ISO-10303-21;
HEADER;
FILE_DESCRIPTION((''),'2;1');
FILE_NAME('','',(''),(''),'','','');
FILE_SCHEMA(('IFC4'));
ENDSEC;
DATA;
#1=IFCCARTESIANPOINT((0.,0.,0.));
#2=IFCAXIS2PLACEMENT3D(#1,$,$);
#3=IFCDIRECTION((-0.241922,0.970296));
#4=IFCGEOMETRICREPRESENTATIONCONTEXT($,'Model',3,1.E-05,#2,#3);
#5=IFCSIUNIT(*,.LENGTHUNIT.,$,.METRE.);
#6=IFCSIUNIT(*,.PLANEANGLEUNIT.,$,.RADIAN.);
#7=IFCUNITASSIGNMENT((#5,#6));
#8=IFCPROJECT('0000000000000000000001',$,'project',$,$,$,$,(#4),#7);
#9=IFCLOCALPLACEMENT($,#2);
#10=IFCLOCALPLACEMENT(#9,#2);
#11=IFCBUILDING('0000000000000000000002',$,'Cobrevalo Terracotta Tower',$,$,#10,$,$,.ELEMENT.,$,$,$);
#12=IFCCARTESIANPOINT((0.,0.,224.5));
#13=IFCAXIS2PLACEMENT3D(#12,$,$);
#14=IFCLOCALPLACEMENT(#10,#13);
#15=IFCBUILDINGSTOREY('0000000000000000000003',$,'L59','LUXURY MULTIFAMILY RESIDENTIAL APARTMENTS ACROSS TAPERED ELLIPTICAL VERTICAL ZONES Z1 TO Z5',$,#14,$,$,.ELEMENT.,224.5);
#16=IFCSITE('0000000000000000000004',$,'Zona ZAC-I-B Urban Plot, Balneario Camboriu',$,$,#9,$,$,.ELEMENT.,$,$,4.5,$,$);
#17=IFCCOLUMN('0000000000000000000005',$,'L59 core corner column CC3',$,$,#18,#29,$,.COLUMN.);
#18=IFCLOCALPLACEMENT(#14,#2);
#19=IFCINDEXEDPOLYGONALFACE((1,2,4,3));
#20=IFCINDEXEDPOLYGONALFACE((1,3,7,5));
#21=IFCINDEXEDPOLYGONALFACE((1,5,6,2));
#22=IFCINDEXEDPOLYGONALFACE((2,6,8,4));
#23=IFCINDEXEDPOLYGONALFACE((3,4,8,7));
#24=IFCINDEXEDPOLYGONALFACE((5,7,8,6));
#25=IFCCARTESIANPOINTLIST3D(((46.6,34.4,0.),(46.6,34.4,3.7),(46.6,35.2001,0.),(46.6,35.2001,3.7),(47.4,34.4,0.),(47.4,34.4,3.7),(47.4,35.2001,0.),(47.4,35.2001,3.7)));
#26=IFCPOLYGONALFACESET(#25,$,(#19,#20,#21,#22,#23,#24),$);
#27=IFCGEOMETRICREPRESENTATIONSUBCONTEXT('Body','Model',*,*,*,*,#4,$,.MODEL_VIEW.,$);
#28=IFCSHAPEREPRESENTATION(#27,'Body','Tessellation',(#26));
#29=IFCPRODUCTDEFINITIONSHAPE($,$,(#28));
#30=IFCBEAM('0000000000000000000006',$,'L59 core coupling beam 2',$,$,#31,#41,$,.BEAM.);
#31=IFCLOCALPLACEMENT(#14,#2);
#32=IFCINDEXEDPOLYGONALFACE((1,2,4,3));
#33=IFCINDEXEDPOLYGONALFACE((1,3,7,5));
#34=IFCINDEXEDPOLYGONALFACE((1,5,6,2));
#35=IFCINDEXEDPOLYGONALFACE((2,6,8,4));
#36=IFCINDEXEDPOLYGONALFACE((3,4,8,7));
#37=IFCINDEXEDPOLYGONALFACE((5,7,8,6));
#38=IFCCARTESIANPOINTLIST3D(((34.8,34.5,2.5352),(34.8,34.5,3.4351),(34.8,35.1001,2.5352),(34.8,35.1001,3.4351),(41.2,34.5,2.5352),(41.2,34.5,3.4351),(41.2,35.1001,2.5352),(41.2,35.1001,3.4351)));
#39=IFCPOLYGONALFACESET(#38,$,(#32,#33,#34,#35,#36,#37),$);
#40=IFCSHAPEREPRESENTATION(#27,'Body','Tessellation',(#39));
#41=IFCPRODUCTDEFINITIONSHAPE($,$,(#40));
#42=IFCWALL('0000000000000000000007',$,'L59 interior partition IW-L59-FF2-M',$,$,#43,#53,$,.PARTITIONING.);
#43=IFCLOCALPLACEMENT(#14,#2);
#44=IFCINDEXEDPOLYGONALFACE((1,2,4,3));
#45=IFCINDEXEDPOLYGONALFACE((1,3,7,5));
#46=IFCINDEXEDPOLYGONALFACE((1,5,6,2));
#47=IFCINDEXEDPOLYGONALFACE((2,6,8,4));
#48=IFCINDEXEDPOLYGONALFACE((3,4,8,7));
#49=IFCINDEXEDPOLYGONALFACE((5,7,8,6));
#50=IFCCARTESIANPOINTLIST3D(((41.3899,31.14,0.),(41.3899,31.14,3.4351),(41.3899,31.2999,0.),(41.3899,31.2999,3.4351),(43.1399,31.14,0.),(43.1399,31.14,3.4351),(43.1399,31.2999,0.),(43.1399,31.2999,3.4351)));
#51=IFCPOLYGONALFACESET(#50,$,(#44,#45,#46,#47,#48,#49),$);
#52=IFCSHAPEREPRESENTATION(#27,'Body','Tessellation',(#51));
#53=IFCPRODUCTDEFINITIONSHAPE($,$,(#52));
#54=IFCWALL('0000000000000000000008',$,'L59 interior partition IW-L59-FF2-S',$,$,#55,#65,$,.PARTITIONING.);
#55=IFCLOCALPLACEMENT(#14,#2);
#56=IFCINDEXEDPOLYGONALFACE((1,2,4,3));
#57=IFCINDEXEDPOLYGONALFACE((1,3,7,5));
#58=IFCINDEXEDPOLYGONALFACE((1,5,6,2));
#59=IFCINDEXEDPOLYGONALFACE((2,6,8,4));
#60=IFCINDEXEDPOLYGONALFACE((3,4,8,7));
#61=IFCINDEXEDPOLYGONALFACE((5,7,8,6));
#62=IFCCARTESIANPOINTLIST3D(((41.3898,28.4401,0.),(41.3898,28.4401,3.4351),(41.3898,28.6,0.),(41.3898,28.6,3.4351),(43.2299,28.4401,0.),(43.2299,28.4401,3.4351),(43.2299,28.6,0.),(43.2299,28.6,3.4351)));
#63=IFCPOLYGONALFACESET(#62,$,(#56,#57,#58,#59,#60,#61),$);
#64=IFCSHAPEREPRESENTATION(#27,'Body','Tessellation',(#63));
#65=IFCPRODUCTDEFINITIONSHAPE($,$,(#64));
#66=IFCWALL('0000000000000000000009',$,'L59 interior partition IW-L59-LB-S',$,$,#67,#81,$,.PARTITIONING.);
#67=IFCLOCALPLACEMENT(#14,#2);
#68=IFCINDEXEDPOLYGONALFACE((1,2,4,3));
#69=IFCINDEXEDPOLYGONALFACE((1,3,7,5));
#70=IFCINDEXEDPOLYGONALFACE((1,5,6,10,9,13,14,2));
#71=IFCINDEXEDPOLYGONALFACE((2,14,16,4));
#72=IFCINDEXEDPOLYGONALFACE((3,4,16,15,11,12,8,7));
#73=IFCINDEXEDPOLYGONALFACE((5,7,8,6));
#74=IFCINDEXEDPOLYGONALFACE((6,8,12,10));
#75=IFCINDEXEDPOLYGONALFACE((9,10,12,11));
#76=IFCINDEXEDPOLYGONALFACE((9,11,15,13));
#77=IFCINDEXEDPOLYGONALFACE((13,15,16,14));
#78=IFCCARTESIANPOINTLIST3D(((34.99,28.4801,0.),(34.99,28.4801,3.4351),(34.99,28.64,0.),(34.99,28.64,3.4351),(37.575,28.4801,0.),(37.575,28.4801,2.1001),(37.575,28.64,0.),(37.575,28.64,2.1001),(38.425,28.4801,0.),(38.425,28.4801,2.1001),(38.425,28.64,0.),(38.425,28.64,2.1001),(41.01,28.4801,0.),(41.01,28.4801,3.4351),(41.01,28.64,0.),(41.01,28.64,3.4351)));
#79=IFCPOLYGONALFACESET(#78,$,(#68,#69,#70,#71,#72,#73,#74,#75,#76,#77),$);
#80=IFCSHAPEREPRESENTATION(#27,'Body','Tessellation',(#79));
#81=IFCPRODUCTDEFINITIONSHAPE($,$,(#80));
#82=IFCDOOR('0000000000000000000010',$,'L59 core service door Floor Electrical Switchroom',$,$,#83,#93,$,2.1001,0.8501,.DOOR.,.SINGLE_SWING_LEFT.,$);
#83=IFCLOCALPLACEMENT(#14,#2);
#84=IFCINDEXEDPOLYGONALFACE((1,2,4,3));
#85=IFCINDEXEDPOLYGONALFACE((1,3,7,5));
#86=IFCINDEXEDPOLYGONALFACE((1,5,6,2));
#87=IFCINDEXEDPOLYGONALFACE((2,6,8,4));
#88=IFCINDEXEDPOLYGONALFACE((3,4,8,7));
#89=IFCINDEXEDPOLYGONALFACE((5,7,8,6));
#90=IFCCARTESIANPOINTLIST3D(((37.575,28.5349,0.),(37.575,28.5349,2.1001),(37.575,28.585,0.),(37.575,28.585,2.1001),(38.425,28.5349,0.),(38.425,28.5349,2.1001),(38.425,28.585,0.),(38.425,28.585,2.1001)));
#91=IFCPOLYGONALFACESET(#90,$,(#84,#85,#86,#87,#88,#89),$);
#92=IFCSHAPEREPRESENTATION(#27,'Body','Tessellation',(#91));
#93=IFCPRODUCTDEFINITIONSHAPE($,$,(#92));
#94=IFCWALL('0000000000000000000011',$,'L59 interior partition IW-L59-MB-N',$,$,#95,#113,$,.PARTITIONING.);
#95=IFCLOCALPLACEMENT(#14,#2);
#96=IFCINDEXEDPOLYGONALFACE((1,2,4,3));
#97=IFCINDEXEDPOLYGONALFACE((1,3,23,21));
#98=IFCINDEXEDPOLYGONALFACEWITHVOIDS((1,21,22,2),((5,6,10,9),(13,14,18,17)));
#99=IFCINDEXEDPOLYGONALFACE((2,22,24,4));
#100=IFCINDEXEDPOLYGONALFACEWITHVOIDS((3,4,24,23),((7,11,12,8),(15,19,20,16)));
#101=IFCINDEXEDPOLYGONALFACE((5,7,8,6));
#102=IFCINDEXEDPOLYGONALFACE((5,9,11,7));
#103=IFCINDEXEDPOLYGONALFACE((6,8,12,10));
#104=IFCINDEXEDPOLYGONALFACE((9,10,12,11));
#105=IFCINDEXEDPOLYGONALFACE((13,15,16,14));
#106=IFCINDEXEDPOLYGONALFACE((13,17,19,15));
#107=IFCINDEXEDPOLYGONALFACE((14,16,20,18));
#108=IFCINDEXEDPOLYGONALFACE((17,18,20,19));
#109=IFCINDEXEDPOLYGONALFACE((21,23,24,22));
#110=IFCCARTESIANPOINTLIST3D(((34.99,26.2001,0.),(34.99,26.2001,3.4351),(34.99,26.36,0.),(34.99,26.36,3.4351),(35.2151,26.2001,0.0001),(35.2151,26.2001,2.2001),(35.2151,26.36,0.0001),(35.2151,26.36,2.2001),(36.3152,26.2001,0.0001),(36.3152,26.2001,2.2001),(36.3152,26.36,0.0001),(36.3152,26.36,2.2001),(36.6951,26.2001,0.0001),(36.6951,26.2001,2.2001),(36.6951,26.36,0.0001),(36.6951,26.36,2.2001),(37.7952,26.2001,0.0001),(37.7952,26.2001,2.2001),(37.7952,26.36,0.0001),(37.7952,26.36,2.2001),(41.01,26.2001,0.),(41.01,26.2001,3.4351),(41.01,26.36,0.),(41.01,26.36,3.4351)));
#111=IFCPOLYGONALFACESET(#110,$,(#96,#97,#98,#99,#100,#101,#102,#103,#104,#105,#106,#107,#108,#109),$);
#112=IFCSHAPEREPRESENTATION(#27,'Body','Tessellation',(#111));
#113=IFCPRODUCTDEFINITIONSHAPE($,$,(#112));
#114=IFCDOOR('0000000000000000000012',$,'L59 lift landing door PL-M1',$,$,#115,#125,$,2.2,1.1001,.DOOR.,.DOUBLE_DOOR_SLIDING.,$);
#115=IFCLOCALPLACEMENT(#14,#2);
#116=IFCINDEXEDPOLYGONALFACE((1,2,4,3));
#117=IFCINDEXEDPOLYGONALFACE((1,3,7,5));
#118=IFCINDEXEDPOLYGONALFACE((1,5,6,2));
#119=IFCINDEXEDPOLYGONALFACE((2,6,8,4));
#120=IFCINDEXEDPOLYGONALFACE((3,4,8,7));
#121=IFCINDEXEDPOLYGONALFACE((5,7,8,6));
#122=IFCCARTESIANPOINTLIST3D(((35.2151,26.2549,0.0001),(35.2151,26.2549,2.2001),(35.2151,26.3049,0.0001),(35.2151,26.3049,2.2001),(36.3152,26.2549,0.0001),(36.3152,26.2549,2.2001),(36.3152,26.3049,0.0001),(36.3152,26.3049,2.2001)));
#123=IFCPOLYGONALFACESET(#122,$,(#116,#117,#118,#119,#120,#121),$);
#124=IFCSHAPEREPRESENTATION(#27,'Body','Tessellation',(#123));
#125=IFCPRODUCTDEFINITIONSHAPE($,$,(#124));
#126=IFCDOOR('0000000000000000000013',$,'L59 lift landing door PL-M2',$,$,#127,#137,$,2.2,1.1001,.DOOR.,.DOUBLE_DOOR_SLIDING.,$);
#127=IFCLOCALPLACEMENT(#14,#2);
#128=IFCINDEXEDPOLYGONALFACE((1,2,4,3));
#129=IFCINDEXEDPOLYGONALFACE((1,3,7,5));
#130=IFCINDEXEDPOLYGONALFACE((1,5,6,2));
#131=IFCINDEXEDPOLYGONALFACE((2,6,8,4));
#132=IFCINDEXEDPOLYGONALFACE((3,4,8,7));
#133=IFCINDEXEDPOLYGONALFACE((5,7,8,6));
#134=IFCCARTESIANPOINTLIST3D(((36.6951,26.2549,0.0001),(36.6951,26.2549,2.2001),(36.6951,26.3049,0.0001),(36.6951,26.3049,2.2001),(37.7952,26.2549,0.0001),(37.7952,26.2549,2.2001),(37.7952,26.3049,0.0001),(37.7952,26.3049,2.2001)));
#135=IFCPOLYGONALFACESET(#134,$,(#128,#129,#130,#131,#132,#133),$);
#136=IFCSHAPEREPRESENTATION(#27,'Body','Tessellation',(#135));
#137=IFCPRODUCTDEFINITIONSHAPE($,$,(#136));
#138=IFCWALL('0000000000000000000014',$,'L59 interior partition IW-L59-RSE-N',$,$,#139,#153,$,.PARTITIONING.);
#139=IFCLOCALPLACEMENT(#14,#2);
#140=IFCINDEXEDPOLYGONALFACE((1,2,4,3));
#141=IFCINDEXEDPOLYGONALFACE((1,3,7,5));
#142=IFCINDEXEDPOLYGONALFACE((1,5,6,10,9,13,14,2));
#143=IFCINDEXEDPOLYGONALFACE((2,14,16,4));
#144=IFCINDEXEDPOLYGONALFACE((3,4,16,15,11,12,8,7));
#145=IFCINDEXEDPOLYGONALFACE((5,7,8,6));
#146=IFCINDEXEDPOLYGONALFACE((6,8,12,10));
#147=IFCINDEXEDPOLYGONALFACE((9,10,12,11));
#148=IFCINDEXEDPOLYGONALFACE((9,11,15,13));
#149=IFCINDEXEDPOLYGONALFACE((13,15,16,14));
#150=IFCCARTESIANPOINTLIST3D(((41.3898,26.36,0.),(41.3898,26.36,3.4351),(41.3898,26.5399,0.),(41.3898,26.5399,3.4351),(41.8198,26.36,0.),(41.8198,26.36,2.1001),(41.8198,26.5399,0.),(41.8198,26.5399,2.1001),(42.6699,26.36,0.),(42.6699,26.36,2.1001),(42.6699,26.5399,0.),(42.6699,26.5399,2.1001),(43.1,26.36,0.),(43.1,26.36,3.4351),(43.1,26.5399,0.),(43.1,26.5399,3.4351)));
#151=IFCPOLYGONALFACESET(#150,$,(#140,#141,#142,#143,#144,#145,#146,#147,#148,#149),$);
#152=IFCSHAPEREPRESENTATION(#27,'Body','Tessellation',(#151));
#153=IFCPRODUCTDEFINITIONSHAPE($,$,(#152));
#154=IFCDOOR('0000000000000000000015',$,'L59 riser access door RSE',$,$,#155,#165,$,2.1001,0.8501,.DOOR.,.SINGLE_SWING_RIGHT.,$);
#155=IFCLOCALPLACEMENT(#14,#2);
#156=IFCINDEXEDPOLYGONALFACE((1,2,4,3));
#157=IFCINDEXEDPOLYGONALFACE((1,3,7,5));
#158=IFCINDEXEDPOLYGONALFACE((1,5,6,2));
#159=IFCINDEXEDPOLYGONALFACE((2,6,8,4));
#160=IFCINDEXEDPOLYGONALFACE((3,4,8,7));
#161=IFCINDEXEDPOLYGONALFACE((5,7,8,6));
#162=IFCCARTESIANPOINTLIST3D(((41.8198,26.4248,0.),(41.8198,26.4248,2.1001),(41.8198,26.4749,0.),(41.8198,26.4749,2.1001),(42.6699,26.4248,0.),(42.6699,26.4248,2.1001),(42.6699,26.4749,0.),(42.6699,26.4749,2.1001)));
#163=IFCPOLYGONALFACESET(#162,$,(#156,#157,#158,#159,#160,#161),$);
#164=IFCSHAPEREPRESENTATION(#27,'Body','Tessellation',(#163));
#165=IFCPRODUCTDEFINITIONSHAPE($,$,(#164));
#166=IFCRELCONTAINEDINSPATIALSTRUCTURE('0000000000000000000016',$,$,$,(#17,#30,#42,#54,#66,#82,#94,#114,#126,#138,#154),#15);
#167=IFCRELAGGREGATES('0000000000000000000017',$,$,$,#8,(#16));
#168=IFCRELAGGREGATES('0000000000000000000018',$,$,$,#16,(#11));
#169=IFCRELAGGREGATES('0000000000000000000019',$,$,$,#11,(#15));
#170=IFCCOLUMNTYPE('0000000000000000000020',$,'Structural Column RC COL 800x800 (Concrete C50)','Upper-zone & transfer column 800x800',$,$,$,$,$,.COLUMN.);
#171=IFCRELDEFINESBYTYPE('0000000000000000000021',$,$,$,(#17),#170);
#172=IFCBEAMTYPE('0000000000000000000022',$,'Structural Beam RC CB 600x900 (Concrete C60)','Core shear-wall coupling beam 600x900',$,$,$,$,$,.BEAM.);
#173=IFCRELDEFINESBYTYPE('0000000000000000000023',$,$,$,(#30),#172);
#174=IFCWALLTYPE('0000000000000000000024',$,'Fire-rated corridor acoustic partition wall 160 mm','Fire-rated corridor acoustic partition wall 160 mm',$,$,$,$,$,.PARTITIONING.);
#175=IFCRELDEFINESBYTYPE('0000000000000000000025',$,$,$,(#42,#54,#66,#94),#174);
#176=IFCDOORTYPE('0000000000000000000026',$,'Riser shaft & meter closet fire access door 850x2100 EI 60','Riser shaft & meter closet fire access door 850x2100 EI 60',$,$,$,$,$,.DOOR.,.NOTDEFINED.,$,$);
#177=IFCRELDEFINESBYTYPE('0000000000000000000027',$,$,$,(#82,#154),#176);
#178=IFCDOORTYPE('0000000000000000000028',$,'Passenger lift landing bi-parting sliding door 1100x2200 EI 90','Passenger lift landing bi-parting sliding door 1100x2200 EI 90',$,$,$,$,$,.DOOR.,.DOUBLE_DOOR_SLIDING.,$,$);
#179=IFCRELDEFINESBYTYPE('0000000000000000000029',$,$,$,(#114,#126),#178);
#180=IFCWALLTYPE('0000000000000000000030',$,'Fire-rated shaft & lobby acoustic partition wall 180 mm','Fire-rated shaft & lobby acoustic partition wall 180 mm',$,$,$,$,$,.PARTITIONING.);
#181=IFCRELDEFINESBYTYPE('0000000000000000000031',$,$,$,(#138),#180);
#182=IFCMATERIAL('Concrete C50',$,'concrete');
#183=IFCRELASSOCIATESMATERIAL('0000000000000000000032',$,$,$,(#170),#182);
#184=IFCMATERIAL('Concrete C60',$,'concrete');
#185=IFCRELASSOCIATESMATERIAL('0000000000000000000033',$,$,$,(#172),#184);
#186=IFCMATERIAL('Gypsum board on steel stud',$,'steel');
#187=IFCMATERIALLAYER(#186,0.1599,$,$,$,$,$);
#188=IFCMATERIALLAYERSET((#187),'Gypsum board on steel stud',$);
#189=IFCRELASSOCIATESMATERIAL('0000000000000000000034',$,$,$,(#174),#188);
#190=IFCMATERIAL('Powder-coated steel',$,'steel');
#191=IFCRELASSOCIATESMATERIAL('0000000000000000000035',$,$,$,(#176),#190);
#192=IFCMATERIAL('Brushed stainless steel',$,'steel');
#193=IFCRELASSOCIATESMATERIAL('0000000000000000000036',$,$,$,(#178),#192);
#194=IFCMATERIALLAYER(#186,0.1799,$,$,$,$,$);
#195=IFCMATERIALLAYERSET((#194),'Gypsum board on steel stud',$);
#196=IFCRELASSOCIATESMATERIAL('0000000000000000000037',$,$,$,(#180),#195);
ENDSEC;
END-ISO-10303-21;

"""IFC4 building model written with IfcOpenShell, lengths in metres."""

from ifc_helpers import new_model, si_unit, direction, frame, frame_2d, origin, origin_2d, place, context, subcontext, project, spatial, rectangle, extrude, source, transform, mapped, material, layer, layer_set, material_profile, profile_set, type_object, element, fill, save


model = new_model("IFC4")

# Units and contexts
model_context = context("Model", 3, precision=1e-05, world=origin(), true_north=direction((-0.241922, 0.970296)))
body_context = subcontext(model_context, "Body", "Model", "MODEL_VIEW")
ifc_project = project(units=[si_unit("LENGTHUNIT", "METRE"), si_unit("PLANEANGLEUNIT", "RADIAN")], contexts=[model_context])

# Site, building, storey
site_placement = place(None, origin())
site = spatial("IfcSite", under=ifc_project, at=site_placement, Name="Zona ZAC-I-B Urban Plot, Balneario Camboriu", CompositionType="ELEMENT", RefElevation=4.5)
building_placement = place(site_placement, origin())
building = spatial("IfcBuilding", under=site, at=building_placement, Name="Cobrevalo Terracotta Tower", CompositionType="ELEMENT")
storey_placement = place(building_placement, frame((0.0, 0.0, 224.5)))
storey = spatial("IfcBuildingStorey", under=building, at=storey_placement, Name="L59", Description="LUXURY MULTIFAMILY RESIDENTIAL APARTMENTS ACROSS TAPERED ELLIPTICAL VERTICAL ZONES Z1 TO Z5", CompositionType="ELEMENT", Elevation=224.5)

# Column
ifc_material_1 = material(Name="Concrete C50", Category="concrete")
ifc_material_profile_1 = material_profile(ifc_material_1, rectangle(XDim=0.8, YDim=0.8, at=origin_2d()), Name="RC COL 800x800")
ifc_profile_set_1 = profile_set([ifc_material_profile_1], Name="Concrete C50")
column_type = type_object("IfcColumnType", Name="Structural Column RC COL 800x800 (Concrete C50)", Description="Upper-zone & transfer column 800x800", PredefinedType="COLUMN", material=ifc_profile_set_1)
column_placement = place(storey_placement, frame((47.0, 34.8, 0.0), z_axis=(0.0, 0.0, 1.0), x_axis=(1.0, 0.0, 0.0)))
element("IfcColumn", 1, at=column_placement, inside=storey, type_object=column_type, Name="L59 core corner column CC3", PredefinedType="COLUMN", context=body_context, shape_type="SweptSolid", body=[
    extrude(rectangle(XDim=0.8, YDim=0.8, at=origin_2d()), origin(), (0.0, 0.0, 1.0), 3.7),
])

# Beam
ifc_material_2 = material(Name="Concrete C60", Category="concrete")
ifc_material_profile_2 = material_profile(ifc_material_2, rectangle(XDim=0.6001, YDim=0.8999, at=origin_2d()), Name="RC CB 600x900")
ifc_profile_set_2 = profile_set([ifc_material_profile_2], Name="Concrete C60")
beam_type = type_object("IfcBeamType", Name="Structural Beam RC CB 600x900 (Concrete C60)", Description="Core shear-wall coupling beam 600x900", PredefinedType="BEAM", material=ifc_profile_set_2)
beam_placement = place(storey_placement, frame((34.8, 34.8, 2.9851), z_axis=(1.0, 0.0, 0.0), x_axis=(0.0, 1.0, 0.0)))
element("IfcBeam", 2, at=beam_placement, inside=storey, type_object=beam_type, Name="L59 core coupling beam 2", PredefinedType="BEAM", context=body_context, shape_type="SweptSolid", body=[
    extrude(rectangle(XDim=0.6001, YDim=0.8999, at=origin_2d()), origin(), (0.0, 0.0, 1.0), 6.3999),
])

# Walls
ifc_material_3 = material(Name="Gypsum board on steel stud", Category="steel")
ifc_layer_1 = layer(ifc_material_3, 0.1599)
ifc_layer_set_1 = layer_set([ifc_layer_1], Name="Gypsum board on steel stud")
wall_type_1 = type_object("IfcWallType", Name="Fire-rated corridor acoustic partition wall 160 mm", Description="Fire-rated corridor acoustic partition wall 160 mm", PredefinedType="PARTITIONING", material=ifc_layer_set_1)
wall_1_placement = place(storey_placement, frame((41.3899, 31.22, 0.0), z_axis=(0.0, 0.0, 1.0), x_axis=(1.0, 0.0, 0.0)))
element("IfcWall", 3, at=wall_1_placement, inside=storey, type_object=wall_type_1, Name="L59 interior partition IW-L59-FF2-M", PredefinedType="PARTITIONING", context=body_context, shape_type="SweptSolid", body=[
    extrude(rectangle(XDim=1.75, YDim=0.1599, at=frame_2d((0.875, 0.0))), origin(), (0.0, 0.0, 1.0), 3.4351),
])
wall_2_placement = place(storey_placement, frame((41.3899, 28.52, 0.0), z_axis=(0.0, 0.0, 1.0), x_axis=(1.0, 0.0, 0.0)))
element("IfcWall", 4, at=wall_2_placement, inside=storey, type_object=wall_type_1, Name="L59 interior partition IW-L59-FF2-S", PredefinedType="PARTITIONING", context=body_context, shape_type="SweptSolid", body=[
    extrude(rectangle(XDim=1.8401, YDim=0.1599, at=frame_2d((0.9199, 0.0))), origin(), (0.0, 0.0, 1.0), 3.4351),
])

# Wall, opening, door
wall_3_placement = place(storey_placement, frame((34.99, 28.5601, 0.0), z_axis=(0.0, 0.0, 1.0), x_axis=(1.0, 0.0, 0.0)))
wall_3 = element("IfcWall", 5, at=wall_3_placement, inside=storey, type_object=wall_type_1, Name="L59 interior partition IW-L59-LB-S", PredefinedType="PARTITIONING", context=body_context, shape_type="SweptSolid", body=[
    extrude(rectangle(XDim=6.02, YDim=0.1599, at=frame_2d((3.01, 0.0))), origin(), (0.0, 0.0, 1.0), 3.4351),
])
opening_1_placement = place(wall_3_placement, frame((2.585, 0.0, 0.0)))
opening_1 = element("IfcOpeningElement", 6, at=opening_1_placement, cuts=wall_3, PredefinedType="OPENING", context=body_context, shape_type="SweptSolid", body=[
    extrude(rectangle(XDim=0.8501, YDim=2.1001, at=frame_2d((0.425, 1.05))), frame((0.0, 0.0898, 0.0), z_axis=(0.0, -1.0, 0.0), x_axis=(1.0, 0.0, 0.0)), (0.0, 0.0, 1.0), 0.1799),
])
ifc_material_4 = material(Name="Powder-coated steel", Category="steel")
door_type_1 = type_object("IfcDoorType", Name="Riser shaft & meter closet fire access door 850x2100 EI 60", Description="Riser shaft & meter closet fire access door 850x2100 EI 60", OperationType="NOTDEFINED", PredefinedType="DOOR", material=ifc_material_4)
shared_shape_1 = source(origin(), body_context, "Body", "SweptSolid", [
    extrude(rectangle(XDim=0.8501, YDim=2.1001, at=frame_2d((0.425, 1.05))), frame((0.0, 0.0249, 0.0), z_axis=(0.0, -1.0, 0.0), x_axis=(1.0, 0.0, 0.0)), (0.0, 0.0, 1.0), 0.05),
])
door_1_placement = place(opening_1_placement, origin())
door_1 = element("IfcDoor", 7, at=door_1_placement, inside=storey, type_object=door_type_1, Name="L59 core service door Floor Electrical Switchroom", OperationType="SINGLE_SWING_LEFT", OverallHeight=2.1001, OverallWidth=0.8501, PredefinedType="DOOR", context=body_context, shape_type="MappedRepresentation", body=[
    mapped(shared_shape_1, transform((0.0, 0.0, 0.0), scale=1.0)),
])
fill(opening_1, door_1)

# Wall, openings, doors
wall_4_placement = place(storey_placement, frame((34.99, 26.28, 0.0), z_axis=(0.0, 0.0, 1.0), x_axis=(1.0, 0.0, 0.0)))
wall_4 = element("IfcWall", 8, at=wall_4_placement, inside=storey, type_object=wall_type_1, Name="L59 interior partition IW-L59-MB-N", PredefinedType="PARTITIONING", context=body_context, shape_type="SweptSolid", body=[
    extrude(rectangle(XDim=6.02, YDim=0.1599, at=frame_2d((3.01, 0.0))), origin(), (0.0, 0.0, 1.0), 3.4351),
])
opening_2_placement = place(wall_4_placement, frame((0.2251, 0.0, 0.0)))
opening_2 = element("IfcOpeningElement", 9, at=opening_2_placement, cuts=wall_4, PredefinedType="OPENING", context=body_context, shape_type="SweptSolid", body=[
    extrude(rectangle(XDim=1.1001, YDim=2.2, at=frame_2d((0.55, 1.1001))), frame((0.0, 0.0898, 0.0), z_axis=(0.0, -1.0, 0.0), x_axis=(1.0, 0.0, 0.0)), (0.0, 0.0, 1.0), 0.1799),
])
opening_3_placement = place(wall_4_placement, frame((1.7051, 0.0, 0.0)))
opening_3 = element("IfcOpeningElement", 10, at=opening_3_placement, cuts=wall_4, PredefinedType="OPENING", context=body_context, shape_type="SweptSolid", body=[
    extrude(rectangle(XDim=1.1001, YDim=2.2, at=frame_2d((0.55, 1.1001))), frame((0.0, 0.0898, 0.0), z_axis=(0.0, -1.0, 0.0), x_axis=(1.0, 0.0, 0.0)), (0.0, 0.0, 1.0), 0.1799),
])
ifc_material_5 = material(Name="Brushed stainless steel", Category="steel")
door_type_2 = type_object("IfcDoorType", Name="Passenger lift landing bi-parting sliding door 1100x2200 EI 90", Description="Passenger lift landing bi-parting sliding door 1100x2200 EI 90", OperationType="DOUBLE_DOOR_SLIDING", PredefinedType="DOOR", material=ifc_material_5)
shared_shape_2 = source(origin(), body_context, "Body", "SweptSolid", [
    extrude(rectangle(XDim=1.1001, YDim=2.2, at=frame_2d((0.55, 1.1001))), frame((0.0, 0.0249, 0.0), z_axis=(0.0, -1.0, 0.0), x_axis=(1.0, 0.0, 0.0)), (0.0, 0.0, 1.0), 0.05),
])
door_2_placement = place(opening_2_placement, origin())
door_2 = element("IfcDoor", 11, at=door_2_placement, inside=storey, type_object=door_type_2, Name="L59 lift landing door PL-M1", OperationType="DOUBLE_DOOR_SLIDING", OverallHeight=2.2, OverallWidth=1.1001, PredefinedType="DOOR", context=body_context, shape_type="MappedRepresentation", body=[
    mapped(shared_shape_2, transform((0.0, 0.0, 0.0), scale=1.0)),
])
fill(opening_2, door_2)
door_3_placement = place(opening_3_placement, origin())
door_3 = element("IfcDoor", 12, at=door_3_placement, inside=storey, type_object=door_type_2, Name="L59 lift landing door PL-M2", OperationType="DOUBLE_DOOR_SLIDING", OverallHeight=2.2, OverallWidth=1.1001, PredefinedType="DOOR", context=body_context, shape_type="MappedRepresentation", body=[
    mapped(shared_shape_2, transform((0.0, 0.0, 0.0), scale=1.0)),
])
fill(opening_3, door_3)

# Wall, opening, door
ifc_layer_2 = layer(ifc_material_3, 0.1799)
ifc_layer_set_2 = layer_set([ifc_layer_2], Name="Gypsum board on steel stud")
wall_type_2 = type_object("IfcWallType", Name="Fire-rated shaft & lobby acoustic partition wall 180 mm", Description="Fire-rated shaft & lobby acoustic partition wall 180 mm", PredefinedType="PARTITIONING", material=ifc_layer_set_2)
wall_5_placement = place(storey_placement, frame((41.3899, 26.45, 0.0), z_axis=(0.0, 0.0, 1.0), x_axis=(1.0, 0.0, 0.0)))
wall_5 = element("IfcWall", 13, at=wall_5_placement, inside=storey, type_object=wall_type_2, Name="L59 interior partition IW-L59-RSE-N", PredefinedType="PARTITIONING", context=body_context, shape_type="SweptSolid", body=[
    extrude(rectangle(XDim=1.7102, YDim=0.1799, at=frame_2d((0.855, 0.0))), origin(), (0.0, 0.0, 1.0), 3.4351),
])
opening_4_placement = place(wall_5_placement, frame((0.4299, 0.0, 0.0)))
opening_4 = element("IfcOpeningElement", 14, at=opening_4_placement, cuts=wall_5, PredefinedType="OPENING", context=body_context, shape_type="SweptSolid", body=[
    extrude(rectangle(XDim=0.8501, YDim=2.1001, at=frame_2d((0.425, 1.05))), frame((0.0, 0.1001, 0.0), z_axis=(0.0, -1.0, 0.0), x_axis=(1.0, 0.0, 0.0)), (0.0, 0.0, 1.0), 0.2),
])
door_4_placement = place(opening_4_placement, origin())
door_4 = element("IfcDoor", 15, at=door_4_placement, inside=storey, type_object=door_type_1, Name="L59 riser access door RSE", OperationType="SINGLE_SWING_RIGHT", OverallHeight=2.1001, OverallWidth=0.8501, PredefinedType="DOOR", context=body_context, shape_type="MappedRepresentation", body=[
    mapped(shared_shape_1, transform((0.0, 0.0, 0.0), scale=1.0)),
])
fill(opening_4, door_4)

save(model, "model.ifc")
